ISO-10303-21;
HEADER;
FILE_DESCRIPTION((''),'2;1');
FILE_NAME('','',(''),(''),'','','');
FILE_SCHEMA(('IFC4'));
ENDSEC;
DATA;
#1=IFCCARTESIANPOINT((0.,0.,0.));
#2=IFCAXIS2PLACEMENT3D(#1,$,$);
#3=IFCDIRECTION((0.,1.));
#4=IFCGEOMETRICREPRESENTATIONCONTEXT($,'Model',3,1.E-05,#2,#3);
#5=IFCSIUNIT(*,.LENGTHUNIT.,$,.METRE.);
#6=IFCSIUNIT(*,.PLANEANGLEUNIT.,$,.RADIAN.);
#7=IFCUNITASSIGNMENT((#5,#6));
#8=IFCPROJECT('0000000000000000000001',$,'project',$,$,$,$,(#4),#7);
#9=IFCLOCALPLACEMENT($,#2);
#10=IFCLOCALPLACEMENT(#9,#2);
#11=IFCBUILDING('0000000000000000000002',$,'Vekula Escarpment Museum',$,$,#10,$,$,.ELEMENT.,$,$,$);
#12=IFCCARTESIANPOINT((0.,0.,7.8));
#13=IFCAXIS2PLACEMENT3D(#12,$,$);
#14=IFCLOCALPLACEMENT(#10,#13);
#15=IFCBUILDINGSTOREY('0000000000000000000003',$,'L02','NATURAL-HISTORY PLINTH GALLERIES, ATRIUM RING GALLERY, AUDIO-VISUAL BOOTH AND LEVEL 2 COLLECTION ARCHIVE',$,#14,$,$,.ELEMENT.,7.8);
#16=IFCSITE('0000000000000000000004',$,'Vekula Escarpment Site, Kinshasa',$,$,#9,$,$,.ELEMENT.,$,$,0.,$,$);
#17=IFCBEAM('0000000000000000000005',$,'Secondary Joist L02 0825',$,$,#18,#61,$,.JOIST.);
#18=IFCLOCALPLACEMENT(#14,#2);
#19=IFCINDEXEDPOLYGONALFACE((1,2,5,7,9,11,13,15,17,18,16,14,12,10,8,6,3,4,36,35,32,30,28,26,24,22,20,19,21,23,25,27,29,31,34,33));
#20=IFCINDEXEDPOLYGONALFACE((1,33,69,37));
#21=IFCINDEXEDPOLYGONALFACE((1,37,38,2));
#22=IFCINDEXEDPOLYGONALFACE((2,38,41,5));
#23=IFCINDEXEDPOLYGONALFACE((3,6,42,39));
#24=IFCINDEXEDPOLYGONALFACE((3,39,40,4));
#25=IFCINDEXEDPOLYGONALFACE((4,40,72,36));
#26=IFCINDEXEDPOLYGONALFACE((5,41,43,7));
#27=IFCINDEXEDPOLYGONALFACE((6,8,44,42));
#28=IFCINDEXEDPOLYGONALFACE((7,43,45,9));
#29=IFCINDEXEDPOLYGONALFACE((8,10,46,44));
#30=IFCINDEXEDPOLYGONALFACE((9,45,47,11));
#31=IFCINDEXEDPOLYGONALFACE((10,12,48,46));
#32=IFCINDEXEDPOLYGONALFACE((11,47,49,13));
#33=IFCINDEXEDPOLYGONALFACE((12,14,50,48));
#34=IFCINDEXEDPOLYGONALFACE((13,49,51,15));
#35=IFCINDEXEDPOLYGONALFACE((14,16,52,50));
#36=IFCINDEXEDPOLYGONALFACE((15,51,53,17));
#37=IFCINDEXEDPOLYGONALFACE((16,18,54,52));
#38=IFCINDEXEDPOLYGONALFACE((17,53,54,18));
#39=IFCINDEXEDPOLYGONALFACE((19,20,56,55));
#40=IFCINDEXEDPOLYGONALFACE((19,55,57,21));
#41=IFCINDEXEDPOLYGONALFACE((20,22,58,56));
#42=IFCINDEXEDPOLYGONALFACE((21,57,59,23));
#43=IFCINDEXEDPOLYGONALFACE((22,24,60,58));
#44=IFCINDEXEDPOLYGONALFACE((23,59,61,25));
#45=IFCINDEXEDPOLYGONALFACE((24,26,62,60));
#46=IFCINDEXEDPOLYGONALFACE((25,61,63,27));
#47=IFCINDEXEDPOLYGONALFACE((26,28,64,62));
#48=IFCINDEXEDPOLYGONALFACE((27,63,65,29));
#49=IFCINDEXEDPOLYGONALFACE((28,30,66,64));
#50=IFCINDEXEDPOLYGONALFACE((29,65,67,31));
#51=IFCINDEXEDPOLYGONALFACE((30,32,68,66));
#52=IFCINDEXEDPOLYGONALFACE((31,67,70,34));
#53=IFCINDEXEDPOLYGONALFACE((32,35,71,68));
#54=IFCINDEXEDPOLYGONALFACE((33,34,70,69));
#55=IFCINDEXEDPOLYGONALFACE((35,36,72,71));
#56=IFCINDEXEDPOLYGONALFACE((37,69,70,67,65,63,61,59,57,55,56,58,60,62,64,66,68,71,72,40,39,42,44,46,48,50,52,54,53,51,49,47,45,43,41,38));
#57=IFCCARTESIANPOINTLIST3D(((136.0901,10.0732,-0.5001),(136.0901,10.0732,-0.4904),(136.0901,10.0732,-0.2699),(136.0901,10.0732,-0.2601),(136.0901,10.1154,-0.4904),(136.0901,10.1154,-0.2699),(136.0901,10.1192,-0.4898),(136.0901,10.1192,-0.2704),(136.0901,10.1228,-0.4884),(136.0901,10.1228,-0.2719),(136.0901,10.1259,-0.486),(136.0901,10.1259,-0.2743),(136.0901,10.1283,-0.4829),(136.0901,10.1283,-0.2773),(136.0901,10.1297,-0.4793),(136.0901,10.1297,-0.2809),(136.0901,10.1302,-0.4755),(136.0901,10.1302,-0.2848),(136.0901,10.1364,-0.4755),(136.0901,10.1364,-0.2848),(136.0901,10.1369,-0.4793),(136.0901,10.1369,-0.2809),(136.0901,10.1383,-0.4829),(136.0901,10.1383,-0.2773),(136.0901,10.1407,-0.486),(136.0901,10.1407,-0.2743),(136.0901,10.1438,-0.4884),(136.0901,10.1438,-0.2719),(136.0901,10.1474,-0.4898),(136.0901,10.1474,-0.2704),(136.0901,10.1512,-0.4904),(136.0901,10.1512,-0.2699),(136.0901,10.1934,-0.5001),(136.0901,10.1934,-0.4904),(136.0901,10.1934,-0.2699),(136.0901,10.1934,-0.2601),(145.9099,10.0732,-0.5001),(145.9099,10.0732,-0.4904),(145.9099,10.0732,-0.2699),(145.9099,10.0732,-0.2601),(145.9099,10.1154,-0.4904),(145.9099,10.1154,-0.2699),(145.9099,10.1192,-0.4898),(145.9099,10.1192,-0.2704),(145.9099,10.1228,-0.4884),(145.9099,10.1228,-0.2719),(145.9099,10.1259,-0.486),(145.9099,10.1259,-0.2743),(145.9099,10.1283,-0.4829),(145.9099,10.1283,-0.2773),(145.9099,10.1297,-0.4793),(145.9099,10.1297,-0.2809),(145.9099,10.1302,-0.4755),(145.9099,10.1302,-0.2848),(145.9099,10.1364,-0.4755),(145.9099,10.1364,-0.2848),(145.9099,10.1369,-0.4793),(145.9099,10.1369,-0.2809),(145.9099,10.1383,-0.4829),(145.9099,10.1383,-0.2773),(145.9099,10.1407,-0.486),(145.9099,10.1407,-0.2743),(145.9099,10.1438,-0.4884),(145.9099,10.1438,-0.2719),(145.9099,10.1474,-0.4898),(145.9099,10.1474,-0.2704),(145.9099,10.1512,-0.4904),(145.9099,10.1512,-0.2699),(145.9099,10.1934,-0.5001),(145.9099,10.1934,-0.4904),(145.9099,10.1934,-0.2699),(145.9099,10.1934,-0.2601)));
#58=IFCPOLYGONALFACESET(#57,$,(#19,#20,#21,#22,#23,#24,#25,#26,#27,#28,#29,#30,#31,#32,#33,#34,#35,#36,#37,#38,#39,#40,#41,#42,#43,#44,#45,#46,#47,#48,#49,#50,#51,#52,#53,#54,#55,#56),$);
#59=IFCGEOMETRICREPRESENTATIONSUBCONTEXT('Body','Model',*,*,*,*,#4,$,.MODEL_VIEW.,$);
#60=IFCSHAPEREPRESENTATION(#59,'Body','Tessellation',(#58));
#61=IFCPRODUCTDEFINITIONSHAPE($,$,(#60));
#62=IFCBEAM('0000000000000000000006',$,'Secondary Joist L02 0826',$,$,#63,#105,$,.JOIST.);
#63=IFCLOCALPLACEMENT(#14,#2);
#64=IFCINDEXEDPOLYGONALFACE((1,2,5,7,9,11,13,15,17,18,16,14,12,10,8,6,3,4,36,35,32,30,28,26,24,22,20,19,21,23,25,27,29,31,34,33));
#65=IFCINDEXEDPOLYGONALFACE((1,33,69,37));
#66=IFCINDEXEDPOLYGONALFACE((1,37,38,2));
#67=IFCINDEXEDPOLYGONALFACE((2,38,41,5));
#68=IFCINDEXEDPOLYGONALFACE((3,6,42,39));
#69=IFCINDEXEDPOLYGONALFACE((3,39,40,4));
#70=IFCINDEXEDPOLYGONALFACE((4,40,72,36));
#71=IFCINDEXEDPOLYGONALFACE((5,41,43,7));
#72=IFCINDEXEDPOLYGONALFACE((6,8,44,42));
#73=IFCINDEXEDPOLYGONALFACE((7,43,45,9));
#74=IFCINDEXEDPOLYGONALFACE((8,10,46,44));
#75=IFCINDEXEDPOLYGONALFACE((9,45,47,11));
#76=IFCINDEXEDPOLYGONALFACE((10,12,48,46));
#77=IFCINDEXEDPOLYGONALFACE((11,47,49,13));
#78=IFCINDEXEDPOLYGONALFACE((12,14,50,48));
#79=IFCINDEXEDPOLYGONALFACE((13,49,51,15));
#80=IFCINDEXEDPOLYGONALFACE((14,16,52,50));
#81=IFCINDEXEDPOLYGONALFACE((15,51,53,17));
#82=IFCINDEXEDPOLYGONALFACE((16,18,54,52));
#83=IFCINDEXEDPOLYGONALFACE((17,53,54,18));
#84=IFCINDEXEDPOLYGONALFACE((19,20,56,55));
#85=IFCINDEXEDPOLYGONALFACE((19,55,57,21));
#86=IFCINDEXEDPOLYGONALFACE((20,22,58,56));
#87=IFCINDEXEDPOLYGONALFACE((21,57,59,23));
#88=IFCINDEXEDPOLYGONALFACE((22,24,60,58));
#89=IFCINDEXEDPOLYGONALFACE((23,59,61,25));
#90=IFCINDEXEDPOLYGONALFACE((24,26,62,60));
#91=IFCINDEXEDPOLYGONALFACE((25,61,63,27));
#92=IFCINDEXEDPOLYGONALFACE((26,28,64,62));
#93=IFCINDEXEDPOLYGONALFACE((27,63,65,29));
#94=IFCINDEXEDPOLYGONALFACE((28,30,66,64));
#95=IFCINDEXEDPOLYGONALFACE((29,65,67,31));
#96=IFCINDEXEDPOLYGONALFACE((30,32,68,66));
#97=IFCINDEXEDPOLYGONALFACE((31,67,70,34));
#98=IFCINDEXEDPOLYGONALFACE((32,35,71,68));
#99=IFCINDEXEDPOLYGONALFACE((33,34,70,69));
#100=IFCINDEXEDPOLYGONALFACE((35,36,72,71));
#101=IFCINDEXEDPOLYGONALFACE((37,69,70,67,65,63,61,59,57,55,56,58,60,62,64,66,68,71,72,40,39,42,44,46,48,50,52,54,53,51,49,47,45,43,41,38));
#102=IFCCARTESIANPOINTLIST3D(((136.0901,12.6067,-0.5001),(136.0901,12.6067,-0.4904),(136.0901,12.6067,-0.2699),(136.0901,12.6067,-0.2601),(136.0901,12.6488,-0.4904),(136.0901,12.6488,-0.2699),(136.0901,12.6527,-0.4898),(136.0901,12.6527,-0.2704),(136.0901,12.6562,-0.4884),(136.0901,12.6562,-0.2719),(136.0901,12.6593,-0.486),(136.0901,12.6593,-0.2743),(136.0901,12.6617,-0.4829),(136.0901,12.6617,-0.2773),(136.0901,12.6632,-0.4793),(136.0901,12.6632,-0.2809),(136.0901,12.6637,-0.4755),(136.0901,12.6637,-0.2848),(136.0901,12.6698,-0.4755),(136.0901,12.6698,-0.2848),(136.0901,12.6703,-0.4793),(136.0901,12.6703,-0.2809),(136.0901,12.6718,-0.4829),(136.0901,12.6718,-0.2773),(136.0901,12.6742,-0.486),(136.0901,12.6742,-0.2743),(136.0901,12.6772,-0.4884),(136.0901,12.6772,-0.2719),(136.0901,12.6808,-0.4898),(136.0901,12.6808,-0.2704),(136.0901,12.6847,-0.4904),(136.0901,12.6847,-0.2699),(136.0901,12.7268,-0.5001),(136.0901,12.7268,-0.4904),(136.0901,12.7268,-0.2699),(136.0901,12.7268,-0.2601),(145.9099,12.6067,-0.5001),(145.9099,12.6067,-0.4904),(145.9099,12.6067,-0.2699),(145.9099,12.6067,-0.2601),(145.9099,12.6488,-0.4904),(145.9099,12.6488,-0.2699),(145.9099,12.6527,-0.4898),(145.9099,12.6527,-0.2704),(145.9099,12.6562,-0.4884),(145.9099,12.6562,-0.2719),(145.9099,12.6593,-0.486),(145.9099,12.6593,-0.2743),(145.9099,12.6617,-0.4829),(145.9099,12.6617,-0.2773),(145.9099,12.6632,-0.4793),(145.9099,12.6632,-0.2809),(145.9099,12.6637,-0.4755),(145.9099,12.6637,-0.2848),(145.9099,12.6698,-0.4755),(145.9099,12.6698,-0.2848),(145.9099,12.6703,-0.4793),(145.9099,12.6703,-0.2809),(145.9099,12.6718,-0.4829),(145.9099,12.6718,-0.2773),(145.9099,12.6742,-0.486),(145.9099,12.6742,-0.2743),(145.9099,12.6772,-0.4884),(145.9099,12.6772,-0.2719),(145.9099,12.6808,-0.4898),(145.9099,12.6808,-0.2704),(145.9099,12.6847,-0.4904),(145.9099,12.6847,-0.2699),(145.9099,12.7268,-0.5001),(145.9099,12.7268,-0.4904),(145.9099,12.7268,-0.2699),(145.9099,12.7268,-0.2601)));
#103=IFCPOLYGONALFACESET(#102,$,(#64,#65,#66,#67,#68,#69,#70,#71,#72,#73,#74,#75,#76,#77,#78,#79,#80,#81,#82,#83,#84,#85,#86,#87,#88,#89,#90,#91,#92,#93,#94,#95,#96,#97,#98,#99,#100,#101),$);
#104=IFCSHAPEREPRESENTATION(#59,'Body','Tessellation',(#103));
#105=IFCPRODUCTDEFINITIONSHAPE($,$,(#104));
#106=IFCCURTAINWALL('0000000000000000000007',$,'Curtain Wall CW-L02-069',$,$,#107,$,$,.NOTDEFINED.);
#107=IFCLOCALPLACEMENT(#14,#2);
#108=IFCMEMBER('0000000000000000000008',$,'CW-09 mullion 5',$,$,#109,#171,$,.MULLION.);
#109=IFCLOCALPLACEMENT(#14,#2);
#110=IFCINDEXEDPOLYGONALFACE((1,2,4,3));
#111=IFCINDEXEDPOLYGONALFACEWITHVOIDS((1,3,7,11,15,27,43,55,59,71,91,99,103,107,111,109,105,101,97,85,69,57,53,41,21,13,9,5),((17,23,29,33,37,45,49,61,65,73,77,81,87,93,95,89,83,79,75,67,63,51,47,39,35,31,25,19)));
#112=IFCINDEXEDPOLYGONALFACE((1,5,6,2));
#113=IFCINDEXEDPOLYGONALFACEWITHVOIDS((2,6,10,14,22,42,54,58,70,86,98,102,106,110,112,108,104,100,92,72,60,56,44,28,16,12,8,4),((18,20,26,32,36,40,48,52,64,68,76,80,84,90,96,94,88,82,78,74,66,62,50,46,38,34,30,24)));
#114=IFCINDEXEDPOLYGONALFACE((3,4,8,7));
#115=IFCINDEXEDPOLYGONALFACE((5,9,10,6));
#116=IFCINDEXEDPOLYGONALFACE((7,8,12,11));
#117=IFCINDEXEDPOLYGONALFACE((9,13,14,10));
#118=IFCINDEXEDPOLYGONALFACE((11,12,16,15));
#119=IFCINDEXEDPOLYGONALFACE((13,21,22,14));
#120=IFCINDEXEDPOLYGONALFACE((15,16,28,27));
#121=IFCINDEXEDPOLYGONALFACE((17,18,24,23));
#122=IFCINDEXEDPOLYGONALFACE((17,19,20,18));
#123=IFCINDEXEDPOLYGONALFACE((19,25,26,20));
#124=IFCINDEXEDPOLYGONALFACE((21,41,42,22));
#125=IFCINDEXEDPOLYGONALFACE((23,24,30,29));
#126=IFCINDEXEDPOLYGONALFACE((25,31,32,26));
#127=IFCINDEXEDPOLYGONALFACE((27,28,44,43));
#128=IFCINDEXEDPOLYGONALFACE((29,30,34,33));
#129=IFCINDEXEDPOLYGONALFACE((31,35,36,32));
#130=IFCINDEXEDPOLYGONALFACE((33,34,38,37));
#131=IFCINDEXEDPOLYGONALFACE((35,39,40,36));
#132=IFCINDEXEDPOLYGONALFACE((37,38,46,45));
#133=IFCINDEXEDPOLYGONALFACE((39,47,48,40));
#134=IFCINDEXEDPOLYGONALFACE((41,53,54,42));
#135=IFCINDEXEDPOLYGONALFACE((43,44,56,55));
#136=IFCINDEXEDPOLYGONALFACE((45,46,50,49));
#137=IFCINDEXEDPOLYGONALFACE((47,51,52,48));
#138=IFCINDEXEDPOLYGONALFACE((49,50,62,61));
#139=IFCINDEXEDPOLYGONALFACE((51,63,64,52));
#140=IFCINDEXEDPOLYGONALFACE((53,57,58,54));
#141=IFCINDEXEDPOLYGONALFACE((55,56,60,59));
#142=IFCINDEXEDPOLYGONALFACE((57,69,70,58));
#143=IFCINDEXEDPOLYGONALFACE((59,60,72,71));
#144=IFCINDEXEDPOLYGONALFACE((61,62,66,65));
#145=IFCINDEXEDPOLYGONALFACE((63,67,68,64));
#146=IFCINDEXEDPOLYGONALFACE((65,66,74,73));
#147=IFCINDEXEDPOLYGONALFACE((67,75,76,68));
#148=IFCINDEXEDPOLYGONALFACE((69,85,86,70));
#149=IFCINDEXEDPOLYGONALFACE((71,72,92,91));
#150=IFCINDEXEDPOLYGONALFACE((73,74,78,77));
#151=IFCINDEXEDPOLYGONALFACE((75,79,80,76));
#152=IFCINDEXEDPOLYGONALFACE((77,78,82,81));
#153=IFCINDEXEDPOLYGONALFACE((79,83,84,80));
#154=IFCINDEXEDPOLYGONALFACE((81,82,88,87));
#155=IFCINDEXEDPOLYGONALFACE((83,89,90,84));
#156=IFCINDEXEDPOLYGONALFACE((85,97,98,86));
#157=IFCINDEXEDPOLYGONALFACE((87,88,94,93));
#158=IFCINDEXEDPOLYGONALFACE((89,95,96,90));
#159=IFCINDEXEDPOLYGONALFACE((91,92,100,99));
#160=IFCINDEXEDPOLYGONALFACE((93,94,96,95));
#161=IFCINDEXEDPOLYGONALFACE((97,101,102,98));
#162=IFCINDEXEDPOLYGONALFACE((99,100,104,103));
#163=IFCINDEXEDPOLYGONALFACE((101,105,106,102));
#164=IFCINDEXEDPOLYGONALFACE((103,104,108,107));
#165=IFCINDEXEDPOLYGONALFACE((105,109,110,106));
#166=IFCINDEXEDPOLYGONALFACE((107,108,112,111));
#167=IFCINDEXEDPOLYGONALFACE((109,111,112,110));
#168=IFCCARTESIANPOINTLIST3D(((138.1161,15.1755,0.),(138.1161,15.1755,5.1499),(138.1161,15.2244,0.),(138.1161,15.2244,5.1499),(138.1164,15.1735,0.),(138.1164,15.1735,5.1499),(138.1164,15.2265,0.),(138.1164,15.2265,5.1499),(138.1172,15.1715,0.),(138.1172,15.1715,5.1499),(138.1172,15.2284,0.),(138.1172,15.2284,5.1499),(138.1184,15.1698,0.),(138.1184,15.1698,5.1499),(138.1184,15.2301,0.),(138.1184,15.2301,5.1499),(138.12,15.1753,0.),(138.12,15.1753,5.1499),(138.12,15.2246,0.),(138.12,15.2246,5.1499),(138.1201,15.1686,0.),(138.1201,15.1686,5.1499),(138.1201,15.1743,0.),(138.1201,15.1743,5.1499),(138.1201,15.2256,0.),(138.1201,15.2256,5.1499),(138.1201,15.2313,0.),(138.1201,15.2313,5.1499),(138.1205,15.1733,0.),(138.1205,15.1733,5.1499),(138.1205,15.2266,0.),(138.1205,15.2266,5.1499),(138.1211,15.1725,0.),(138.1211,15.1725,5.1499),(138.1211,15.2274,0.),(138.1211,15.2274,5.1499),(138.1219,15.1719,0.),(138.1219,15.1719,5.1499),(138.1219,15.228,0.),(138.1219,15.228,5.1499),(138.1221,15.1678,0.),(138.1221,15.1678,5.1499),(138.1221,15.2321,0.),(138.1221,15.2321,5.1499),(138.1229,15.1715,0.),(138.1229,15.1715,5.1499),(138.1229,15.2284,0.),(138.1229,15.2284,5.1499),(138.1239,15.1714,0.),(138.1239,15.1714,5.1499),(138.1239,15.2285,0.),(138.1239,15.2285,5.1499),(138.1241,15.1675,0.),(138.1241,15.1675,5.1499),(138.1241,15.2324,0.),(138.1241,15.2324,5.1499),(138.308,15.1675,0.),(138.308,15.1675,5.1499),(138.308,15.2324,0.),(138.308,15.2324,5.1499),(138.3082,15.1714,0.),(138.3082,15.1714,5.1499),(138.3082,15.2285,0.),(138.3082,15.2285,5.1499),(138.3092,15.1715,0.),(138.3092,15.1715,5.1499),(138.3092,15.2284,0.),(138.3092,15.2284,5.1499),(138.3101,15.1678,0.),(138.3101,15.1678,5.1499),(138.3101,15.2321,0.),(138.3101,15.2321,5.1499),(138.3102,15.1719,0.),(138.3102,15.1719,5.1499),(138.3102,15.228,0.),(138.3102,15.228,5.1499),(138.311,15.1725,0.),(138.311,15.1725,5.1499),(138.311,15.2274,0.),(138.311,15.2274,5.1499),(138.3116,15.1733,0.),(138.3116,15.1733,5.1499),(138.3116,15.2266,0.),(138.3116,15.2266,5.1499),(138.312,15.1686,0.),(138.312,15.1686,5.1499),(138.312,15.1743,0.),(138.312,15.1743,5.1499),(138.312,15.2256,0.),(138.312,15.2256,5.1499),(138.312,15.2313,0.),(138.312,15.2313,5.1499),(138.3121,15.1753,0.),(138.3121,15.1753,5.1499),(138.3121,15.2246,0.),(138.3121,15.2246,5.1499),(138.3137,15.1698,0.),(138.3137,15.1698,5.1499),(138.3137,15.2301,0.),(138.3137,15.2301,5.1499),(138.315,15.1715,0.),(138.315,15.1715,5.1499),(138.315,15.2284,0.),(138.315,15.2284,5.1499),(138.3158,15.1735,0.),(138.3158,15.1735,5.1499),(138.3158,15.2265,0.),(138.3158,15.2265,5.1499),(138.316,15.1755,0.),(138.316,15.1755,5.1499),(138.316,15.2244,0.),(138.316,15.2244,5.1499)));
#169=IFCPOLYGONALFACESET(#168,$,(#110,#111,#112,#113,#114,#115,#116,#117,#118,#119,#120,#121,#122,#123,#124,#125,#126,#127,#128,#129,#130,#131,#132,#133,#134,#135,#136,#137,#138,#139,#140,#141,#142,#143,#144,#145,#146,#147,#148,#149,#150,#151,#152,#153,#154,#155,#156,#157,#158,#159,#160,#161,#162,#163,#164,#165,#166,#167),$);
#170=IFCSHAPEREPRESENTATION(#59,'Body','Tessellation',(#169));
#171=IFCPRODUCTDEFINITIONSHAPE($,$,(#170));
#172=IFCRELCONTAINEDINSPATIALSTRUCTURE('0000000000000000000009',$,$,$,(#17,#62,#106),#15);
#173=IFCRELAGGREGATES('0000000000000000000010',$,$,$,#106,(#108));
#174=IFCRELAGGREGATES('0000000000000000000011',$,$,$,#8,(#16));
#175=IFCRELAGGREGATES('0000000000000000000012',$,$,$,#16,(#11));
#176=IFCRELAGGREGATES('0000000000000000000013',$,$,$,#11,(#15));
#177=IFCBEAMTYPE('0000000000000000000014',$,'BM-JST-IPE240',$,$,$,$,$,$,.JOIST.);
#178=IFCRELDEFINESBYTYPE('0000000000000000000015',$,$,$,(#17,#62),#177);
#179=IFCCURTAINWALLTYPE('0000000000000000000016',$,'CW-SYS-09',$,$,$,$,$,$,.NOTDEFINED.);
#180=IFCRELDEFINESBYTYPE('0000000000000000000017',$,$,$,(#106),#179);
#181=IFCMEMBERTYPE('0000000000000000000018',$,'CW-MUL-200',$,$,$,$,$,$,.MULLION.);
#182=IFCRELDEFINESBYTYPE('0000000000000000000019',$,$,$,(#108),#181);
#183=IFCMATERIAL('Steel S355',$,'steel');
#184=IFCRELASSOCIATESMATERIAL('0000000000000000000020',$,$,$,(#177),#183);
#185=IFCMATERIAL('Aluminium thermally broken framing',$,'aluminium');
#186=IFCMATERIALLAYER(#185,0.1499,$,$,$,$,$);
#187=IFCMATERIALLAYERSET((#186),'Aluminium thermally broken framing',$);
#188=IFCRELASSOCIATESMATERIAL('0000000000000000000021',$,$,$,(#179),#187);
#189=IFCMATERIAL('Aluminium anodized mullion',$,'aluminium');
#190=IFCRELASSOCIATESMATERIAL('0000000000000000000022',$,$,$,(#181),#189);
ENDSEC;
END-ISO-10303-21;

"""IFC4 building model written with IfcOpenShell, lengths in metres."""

from ifc_helpers import new_model, si_unit, direction, frame, origin, origin_2d, place, context, subcontext, project, spatial, hollow_rectangle, i_section, extrude, material, layer, layer_set, material_profile, profile_set, type_object, element, aggregate, save


model = new_model("IFC4")

# Units and contexts
model_context = context("Model", 3, precision=1e-05, world=origin(), true_north=direction((0.0, 1.0)))
body_context = subcontext(model_context, "Body", "Model", "MODEL_VIEW")
ifc_project = project(units=[si_unit("LENGTHUNIT", "METRE"), si_unit("PLANEANGLEUNIT", "RADIAN")], contexts=[model_context])

# Site, building, storey
site_placement = place(None, origin())
site = spatial("IfcSite", under=ifc_project, at=site_placement, Name="Vekula Escarpment Site, Kinshasa", CompositionType="ELEMENT", RefElevation=0.0)
building_placement = place(site_placement, origin())
building = spatial("IfcBuilding", under=site, at=building_placement, Name="Vekula Escarpment Museum", CompositionType="ELEMENT")
storey_placement = place(building_placement, frame((0.0, 0.0, 7.8)))
storey = spatial("IfcBuildingStorey", under=building, at=storey_placement, Name="L02", Description="NATURAL-HISTORY PLINTH GALLERIES, ATRIUM RING GALLERY, AUDIO-VISUAL BOOTH AND LEVEL 2 COLLECTION ARCHIVE", CompositionType="ELEMENT", Elevation=7.8)

# Beams
ifc_material_1 = material(Name="Steel S355", Category="steel")
ifc_material_profile_1 = material_profile(ifc_material_1, i_section(OverallWidth=0.1201, OverallDepth=0.24, WebThickness=0.0061, FlangeThickness=0.0098, FilletRadius=0.0149, at=origin_2d()), Name="IPE 240")
ifc_profile_set_1 = profile_set([ifc_material_profile_1], Name="Steel S355")
beam_type_1 = type_object("IfcBeamType", Name="BM-JST-IPE240", PredefinedType="JOIST", material=ifc_profile_set_1)
for number, where, z_axis, x_axis, name in (
    (1, (136.0901, 10.1333, -0.3801), (1.0, 0.0, 0.0), (0.0, 1.0, 0.0), "Secondary Joist L02 0825"),
    (2, (136.0901, 12.6667, -0.3801), (1.0, 0.0, 0.0), (0.0, 1.0, 0.0), "Secondary Joist L02 0826"),
):
    element("IfcBeam", number, at=place(storey_placement, frame(where, z_axis=z_axis, x_axis=x_axis)), inside=storey, type_object=beam_type_1, Name=name, PredefinedType="JOIST", context=body_context, shape_type="SweptSolid", body=[
        extrude(i_section(OverallWidth=0.1201, OverallDepth=0.24, WebThickness=0.0061, FlangeThickness=0.0098, FilletRadius=0.0149, at=origin_2d()), origin(), (0.0, 0.0, 1.0), 9.8198),
    ])

# Curtain wall, member
ifc_material_2 = material(Name="Aluminium thermally broken framing", Category="aluminium")
ifc_layer_1 = layer(ifc_material_2, 0.1499)
ifc_layer_set_1 = layer_set([ifc_layer_1], Name="Aluminium thermally broken framing")
curtain_wall_type = type_object("IfcCurtainWallType", Name="CW-SYS-09", PredefinedType="NOTDEFINED", material=ifc_layer_set_1)
curtain_wall_placement = place(storey_placement, origin())
curtain_wall = element("IfcCurtainWall", 3, at=curtain_wall_placement, inside=storey, type_object=curtain_wall_type, Name="Curtain Wall CW-L02-069", PredefinedType="NOTDEFINED")
ifc_material_3 = material(Name="Aluminium anodized mullion", Category="aluminium")
ifc_material_profile_2 = material_profile(ifc_material_3, hollow_rectangle(XDim=0.0649, YDim=0.2, WallThickness=0.0039, InnerFilletRadius=0.0039, OuterFilletRadius=0.0081, at=origin_2d()), Name="ALU 200x65x4")
ifc_profile_set_2 = profile_set([ifc_material_profile_2], Name="Aluminium anodized mullion")
member_type_1 = type_object("IfcMemberType", Name="CW-MUL-200", PredefinedType="MULLION", material=ifc_profile_set_2)
member_1_placement = place(storey_placement, frame((138.2161, 15.2, 0.0), z_axis=(0.0, 0.0, 1.0), x_axis=(0.0, -1.0, 0.0)))
member_1 = element("IfcMember", 4, at=member_1_placement, type_object=member_type_1, Name="CW-09 mullion 5", PredefinedType="MULLION", context=body_context, shape_type="SweptSolid", body=[
    extrude(hollow_rectangle(XDim=0.0649, YDim=0.2, WallThickness=0.0039, InnerFilletRadius=0.0039, OuterFilletRadius=0.0081, at=origin_2d()), origin(), (0.0, 0.0, 1.0), 5.1499),
])
aggregate(curtain_wall, [member_1])

save(model, "model.ifc")
